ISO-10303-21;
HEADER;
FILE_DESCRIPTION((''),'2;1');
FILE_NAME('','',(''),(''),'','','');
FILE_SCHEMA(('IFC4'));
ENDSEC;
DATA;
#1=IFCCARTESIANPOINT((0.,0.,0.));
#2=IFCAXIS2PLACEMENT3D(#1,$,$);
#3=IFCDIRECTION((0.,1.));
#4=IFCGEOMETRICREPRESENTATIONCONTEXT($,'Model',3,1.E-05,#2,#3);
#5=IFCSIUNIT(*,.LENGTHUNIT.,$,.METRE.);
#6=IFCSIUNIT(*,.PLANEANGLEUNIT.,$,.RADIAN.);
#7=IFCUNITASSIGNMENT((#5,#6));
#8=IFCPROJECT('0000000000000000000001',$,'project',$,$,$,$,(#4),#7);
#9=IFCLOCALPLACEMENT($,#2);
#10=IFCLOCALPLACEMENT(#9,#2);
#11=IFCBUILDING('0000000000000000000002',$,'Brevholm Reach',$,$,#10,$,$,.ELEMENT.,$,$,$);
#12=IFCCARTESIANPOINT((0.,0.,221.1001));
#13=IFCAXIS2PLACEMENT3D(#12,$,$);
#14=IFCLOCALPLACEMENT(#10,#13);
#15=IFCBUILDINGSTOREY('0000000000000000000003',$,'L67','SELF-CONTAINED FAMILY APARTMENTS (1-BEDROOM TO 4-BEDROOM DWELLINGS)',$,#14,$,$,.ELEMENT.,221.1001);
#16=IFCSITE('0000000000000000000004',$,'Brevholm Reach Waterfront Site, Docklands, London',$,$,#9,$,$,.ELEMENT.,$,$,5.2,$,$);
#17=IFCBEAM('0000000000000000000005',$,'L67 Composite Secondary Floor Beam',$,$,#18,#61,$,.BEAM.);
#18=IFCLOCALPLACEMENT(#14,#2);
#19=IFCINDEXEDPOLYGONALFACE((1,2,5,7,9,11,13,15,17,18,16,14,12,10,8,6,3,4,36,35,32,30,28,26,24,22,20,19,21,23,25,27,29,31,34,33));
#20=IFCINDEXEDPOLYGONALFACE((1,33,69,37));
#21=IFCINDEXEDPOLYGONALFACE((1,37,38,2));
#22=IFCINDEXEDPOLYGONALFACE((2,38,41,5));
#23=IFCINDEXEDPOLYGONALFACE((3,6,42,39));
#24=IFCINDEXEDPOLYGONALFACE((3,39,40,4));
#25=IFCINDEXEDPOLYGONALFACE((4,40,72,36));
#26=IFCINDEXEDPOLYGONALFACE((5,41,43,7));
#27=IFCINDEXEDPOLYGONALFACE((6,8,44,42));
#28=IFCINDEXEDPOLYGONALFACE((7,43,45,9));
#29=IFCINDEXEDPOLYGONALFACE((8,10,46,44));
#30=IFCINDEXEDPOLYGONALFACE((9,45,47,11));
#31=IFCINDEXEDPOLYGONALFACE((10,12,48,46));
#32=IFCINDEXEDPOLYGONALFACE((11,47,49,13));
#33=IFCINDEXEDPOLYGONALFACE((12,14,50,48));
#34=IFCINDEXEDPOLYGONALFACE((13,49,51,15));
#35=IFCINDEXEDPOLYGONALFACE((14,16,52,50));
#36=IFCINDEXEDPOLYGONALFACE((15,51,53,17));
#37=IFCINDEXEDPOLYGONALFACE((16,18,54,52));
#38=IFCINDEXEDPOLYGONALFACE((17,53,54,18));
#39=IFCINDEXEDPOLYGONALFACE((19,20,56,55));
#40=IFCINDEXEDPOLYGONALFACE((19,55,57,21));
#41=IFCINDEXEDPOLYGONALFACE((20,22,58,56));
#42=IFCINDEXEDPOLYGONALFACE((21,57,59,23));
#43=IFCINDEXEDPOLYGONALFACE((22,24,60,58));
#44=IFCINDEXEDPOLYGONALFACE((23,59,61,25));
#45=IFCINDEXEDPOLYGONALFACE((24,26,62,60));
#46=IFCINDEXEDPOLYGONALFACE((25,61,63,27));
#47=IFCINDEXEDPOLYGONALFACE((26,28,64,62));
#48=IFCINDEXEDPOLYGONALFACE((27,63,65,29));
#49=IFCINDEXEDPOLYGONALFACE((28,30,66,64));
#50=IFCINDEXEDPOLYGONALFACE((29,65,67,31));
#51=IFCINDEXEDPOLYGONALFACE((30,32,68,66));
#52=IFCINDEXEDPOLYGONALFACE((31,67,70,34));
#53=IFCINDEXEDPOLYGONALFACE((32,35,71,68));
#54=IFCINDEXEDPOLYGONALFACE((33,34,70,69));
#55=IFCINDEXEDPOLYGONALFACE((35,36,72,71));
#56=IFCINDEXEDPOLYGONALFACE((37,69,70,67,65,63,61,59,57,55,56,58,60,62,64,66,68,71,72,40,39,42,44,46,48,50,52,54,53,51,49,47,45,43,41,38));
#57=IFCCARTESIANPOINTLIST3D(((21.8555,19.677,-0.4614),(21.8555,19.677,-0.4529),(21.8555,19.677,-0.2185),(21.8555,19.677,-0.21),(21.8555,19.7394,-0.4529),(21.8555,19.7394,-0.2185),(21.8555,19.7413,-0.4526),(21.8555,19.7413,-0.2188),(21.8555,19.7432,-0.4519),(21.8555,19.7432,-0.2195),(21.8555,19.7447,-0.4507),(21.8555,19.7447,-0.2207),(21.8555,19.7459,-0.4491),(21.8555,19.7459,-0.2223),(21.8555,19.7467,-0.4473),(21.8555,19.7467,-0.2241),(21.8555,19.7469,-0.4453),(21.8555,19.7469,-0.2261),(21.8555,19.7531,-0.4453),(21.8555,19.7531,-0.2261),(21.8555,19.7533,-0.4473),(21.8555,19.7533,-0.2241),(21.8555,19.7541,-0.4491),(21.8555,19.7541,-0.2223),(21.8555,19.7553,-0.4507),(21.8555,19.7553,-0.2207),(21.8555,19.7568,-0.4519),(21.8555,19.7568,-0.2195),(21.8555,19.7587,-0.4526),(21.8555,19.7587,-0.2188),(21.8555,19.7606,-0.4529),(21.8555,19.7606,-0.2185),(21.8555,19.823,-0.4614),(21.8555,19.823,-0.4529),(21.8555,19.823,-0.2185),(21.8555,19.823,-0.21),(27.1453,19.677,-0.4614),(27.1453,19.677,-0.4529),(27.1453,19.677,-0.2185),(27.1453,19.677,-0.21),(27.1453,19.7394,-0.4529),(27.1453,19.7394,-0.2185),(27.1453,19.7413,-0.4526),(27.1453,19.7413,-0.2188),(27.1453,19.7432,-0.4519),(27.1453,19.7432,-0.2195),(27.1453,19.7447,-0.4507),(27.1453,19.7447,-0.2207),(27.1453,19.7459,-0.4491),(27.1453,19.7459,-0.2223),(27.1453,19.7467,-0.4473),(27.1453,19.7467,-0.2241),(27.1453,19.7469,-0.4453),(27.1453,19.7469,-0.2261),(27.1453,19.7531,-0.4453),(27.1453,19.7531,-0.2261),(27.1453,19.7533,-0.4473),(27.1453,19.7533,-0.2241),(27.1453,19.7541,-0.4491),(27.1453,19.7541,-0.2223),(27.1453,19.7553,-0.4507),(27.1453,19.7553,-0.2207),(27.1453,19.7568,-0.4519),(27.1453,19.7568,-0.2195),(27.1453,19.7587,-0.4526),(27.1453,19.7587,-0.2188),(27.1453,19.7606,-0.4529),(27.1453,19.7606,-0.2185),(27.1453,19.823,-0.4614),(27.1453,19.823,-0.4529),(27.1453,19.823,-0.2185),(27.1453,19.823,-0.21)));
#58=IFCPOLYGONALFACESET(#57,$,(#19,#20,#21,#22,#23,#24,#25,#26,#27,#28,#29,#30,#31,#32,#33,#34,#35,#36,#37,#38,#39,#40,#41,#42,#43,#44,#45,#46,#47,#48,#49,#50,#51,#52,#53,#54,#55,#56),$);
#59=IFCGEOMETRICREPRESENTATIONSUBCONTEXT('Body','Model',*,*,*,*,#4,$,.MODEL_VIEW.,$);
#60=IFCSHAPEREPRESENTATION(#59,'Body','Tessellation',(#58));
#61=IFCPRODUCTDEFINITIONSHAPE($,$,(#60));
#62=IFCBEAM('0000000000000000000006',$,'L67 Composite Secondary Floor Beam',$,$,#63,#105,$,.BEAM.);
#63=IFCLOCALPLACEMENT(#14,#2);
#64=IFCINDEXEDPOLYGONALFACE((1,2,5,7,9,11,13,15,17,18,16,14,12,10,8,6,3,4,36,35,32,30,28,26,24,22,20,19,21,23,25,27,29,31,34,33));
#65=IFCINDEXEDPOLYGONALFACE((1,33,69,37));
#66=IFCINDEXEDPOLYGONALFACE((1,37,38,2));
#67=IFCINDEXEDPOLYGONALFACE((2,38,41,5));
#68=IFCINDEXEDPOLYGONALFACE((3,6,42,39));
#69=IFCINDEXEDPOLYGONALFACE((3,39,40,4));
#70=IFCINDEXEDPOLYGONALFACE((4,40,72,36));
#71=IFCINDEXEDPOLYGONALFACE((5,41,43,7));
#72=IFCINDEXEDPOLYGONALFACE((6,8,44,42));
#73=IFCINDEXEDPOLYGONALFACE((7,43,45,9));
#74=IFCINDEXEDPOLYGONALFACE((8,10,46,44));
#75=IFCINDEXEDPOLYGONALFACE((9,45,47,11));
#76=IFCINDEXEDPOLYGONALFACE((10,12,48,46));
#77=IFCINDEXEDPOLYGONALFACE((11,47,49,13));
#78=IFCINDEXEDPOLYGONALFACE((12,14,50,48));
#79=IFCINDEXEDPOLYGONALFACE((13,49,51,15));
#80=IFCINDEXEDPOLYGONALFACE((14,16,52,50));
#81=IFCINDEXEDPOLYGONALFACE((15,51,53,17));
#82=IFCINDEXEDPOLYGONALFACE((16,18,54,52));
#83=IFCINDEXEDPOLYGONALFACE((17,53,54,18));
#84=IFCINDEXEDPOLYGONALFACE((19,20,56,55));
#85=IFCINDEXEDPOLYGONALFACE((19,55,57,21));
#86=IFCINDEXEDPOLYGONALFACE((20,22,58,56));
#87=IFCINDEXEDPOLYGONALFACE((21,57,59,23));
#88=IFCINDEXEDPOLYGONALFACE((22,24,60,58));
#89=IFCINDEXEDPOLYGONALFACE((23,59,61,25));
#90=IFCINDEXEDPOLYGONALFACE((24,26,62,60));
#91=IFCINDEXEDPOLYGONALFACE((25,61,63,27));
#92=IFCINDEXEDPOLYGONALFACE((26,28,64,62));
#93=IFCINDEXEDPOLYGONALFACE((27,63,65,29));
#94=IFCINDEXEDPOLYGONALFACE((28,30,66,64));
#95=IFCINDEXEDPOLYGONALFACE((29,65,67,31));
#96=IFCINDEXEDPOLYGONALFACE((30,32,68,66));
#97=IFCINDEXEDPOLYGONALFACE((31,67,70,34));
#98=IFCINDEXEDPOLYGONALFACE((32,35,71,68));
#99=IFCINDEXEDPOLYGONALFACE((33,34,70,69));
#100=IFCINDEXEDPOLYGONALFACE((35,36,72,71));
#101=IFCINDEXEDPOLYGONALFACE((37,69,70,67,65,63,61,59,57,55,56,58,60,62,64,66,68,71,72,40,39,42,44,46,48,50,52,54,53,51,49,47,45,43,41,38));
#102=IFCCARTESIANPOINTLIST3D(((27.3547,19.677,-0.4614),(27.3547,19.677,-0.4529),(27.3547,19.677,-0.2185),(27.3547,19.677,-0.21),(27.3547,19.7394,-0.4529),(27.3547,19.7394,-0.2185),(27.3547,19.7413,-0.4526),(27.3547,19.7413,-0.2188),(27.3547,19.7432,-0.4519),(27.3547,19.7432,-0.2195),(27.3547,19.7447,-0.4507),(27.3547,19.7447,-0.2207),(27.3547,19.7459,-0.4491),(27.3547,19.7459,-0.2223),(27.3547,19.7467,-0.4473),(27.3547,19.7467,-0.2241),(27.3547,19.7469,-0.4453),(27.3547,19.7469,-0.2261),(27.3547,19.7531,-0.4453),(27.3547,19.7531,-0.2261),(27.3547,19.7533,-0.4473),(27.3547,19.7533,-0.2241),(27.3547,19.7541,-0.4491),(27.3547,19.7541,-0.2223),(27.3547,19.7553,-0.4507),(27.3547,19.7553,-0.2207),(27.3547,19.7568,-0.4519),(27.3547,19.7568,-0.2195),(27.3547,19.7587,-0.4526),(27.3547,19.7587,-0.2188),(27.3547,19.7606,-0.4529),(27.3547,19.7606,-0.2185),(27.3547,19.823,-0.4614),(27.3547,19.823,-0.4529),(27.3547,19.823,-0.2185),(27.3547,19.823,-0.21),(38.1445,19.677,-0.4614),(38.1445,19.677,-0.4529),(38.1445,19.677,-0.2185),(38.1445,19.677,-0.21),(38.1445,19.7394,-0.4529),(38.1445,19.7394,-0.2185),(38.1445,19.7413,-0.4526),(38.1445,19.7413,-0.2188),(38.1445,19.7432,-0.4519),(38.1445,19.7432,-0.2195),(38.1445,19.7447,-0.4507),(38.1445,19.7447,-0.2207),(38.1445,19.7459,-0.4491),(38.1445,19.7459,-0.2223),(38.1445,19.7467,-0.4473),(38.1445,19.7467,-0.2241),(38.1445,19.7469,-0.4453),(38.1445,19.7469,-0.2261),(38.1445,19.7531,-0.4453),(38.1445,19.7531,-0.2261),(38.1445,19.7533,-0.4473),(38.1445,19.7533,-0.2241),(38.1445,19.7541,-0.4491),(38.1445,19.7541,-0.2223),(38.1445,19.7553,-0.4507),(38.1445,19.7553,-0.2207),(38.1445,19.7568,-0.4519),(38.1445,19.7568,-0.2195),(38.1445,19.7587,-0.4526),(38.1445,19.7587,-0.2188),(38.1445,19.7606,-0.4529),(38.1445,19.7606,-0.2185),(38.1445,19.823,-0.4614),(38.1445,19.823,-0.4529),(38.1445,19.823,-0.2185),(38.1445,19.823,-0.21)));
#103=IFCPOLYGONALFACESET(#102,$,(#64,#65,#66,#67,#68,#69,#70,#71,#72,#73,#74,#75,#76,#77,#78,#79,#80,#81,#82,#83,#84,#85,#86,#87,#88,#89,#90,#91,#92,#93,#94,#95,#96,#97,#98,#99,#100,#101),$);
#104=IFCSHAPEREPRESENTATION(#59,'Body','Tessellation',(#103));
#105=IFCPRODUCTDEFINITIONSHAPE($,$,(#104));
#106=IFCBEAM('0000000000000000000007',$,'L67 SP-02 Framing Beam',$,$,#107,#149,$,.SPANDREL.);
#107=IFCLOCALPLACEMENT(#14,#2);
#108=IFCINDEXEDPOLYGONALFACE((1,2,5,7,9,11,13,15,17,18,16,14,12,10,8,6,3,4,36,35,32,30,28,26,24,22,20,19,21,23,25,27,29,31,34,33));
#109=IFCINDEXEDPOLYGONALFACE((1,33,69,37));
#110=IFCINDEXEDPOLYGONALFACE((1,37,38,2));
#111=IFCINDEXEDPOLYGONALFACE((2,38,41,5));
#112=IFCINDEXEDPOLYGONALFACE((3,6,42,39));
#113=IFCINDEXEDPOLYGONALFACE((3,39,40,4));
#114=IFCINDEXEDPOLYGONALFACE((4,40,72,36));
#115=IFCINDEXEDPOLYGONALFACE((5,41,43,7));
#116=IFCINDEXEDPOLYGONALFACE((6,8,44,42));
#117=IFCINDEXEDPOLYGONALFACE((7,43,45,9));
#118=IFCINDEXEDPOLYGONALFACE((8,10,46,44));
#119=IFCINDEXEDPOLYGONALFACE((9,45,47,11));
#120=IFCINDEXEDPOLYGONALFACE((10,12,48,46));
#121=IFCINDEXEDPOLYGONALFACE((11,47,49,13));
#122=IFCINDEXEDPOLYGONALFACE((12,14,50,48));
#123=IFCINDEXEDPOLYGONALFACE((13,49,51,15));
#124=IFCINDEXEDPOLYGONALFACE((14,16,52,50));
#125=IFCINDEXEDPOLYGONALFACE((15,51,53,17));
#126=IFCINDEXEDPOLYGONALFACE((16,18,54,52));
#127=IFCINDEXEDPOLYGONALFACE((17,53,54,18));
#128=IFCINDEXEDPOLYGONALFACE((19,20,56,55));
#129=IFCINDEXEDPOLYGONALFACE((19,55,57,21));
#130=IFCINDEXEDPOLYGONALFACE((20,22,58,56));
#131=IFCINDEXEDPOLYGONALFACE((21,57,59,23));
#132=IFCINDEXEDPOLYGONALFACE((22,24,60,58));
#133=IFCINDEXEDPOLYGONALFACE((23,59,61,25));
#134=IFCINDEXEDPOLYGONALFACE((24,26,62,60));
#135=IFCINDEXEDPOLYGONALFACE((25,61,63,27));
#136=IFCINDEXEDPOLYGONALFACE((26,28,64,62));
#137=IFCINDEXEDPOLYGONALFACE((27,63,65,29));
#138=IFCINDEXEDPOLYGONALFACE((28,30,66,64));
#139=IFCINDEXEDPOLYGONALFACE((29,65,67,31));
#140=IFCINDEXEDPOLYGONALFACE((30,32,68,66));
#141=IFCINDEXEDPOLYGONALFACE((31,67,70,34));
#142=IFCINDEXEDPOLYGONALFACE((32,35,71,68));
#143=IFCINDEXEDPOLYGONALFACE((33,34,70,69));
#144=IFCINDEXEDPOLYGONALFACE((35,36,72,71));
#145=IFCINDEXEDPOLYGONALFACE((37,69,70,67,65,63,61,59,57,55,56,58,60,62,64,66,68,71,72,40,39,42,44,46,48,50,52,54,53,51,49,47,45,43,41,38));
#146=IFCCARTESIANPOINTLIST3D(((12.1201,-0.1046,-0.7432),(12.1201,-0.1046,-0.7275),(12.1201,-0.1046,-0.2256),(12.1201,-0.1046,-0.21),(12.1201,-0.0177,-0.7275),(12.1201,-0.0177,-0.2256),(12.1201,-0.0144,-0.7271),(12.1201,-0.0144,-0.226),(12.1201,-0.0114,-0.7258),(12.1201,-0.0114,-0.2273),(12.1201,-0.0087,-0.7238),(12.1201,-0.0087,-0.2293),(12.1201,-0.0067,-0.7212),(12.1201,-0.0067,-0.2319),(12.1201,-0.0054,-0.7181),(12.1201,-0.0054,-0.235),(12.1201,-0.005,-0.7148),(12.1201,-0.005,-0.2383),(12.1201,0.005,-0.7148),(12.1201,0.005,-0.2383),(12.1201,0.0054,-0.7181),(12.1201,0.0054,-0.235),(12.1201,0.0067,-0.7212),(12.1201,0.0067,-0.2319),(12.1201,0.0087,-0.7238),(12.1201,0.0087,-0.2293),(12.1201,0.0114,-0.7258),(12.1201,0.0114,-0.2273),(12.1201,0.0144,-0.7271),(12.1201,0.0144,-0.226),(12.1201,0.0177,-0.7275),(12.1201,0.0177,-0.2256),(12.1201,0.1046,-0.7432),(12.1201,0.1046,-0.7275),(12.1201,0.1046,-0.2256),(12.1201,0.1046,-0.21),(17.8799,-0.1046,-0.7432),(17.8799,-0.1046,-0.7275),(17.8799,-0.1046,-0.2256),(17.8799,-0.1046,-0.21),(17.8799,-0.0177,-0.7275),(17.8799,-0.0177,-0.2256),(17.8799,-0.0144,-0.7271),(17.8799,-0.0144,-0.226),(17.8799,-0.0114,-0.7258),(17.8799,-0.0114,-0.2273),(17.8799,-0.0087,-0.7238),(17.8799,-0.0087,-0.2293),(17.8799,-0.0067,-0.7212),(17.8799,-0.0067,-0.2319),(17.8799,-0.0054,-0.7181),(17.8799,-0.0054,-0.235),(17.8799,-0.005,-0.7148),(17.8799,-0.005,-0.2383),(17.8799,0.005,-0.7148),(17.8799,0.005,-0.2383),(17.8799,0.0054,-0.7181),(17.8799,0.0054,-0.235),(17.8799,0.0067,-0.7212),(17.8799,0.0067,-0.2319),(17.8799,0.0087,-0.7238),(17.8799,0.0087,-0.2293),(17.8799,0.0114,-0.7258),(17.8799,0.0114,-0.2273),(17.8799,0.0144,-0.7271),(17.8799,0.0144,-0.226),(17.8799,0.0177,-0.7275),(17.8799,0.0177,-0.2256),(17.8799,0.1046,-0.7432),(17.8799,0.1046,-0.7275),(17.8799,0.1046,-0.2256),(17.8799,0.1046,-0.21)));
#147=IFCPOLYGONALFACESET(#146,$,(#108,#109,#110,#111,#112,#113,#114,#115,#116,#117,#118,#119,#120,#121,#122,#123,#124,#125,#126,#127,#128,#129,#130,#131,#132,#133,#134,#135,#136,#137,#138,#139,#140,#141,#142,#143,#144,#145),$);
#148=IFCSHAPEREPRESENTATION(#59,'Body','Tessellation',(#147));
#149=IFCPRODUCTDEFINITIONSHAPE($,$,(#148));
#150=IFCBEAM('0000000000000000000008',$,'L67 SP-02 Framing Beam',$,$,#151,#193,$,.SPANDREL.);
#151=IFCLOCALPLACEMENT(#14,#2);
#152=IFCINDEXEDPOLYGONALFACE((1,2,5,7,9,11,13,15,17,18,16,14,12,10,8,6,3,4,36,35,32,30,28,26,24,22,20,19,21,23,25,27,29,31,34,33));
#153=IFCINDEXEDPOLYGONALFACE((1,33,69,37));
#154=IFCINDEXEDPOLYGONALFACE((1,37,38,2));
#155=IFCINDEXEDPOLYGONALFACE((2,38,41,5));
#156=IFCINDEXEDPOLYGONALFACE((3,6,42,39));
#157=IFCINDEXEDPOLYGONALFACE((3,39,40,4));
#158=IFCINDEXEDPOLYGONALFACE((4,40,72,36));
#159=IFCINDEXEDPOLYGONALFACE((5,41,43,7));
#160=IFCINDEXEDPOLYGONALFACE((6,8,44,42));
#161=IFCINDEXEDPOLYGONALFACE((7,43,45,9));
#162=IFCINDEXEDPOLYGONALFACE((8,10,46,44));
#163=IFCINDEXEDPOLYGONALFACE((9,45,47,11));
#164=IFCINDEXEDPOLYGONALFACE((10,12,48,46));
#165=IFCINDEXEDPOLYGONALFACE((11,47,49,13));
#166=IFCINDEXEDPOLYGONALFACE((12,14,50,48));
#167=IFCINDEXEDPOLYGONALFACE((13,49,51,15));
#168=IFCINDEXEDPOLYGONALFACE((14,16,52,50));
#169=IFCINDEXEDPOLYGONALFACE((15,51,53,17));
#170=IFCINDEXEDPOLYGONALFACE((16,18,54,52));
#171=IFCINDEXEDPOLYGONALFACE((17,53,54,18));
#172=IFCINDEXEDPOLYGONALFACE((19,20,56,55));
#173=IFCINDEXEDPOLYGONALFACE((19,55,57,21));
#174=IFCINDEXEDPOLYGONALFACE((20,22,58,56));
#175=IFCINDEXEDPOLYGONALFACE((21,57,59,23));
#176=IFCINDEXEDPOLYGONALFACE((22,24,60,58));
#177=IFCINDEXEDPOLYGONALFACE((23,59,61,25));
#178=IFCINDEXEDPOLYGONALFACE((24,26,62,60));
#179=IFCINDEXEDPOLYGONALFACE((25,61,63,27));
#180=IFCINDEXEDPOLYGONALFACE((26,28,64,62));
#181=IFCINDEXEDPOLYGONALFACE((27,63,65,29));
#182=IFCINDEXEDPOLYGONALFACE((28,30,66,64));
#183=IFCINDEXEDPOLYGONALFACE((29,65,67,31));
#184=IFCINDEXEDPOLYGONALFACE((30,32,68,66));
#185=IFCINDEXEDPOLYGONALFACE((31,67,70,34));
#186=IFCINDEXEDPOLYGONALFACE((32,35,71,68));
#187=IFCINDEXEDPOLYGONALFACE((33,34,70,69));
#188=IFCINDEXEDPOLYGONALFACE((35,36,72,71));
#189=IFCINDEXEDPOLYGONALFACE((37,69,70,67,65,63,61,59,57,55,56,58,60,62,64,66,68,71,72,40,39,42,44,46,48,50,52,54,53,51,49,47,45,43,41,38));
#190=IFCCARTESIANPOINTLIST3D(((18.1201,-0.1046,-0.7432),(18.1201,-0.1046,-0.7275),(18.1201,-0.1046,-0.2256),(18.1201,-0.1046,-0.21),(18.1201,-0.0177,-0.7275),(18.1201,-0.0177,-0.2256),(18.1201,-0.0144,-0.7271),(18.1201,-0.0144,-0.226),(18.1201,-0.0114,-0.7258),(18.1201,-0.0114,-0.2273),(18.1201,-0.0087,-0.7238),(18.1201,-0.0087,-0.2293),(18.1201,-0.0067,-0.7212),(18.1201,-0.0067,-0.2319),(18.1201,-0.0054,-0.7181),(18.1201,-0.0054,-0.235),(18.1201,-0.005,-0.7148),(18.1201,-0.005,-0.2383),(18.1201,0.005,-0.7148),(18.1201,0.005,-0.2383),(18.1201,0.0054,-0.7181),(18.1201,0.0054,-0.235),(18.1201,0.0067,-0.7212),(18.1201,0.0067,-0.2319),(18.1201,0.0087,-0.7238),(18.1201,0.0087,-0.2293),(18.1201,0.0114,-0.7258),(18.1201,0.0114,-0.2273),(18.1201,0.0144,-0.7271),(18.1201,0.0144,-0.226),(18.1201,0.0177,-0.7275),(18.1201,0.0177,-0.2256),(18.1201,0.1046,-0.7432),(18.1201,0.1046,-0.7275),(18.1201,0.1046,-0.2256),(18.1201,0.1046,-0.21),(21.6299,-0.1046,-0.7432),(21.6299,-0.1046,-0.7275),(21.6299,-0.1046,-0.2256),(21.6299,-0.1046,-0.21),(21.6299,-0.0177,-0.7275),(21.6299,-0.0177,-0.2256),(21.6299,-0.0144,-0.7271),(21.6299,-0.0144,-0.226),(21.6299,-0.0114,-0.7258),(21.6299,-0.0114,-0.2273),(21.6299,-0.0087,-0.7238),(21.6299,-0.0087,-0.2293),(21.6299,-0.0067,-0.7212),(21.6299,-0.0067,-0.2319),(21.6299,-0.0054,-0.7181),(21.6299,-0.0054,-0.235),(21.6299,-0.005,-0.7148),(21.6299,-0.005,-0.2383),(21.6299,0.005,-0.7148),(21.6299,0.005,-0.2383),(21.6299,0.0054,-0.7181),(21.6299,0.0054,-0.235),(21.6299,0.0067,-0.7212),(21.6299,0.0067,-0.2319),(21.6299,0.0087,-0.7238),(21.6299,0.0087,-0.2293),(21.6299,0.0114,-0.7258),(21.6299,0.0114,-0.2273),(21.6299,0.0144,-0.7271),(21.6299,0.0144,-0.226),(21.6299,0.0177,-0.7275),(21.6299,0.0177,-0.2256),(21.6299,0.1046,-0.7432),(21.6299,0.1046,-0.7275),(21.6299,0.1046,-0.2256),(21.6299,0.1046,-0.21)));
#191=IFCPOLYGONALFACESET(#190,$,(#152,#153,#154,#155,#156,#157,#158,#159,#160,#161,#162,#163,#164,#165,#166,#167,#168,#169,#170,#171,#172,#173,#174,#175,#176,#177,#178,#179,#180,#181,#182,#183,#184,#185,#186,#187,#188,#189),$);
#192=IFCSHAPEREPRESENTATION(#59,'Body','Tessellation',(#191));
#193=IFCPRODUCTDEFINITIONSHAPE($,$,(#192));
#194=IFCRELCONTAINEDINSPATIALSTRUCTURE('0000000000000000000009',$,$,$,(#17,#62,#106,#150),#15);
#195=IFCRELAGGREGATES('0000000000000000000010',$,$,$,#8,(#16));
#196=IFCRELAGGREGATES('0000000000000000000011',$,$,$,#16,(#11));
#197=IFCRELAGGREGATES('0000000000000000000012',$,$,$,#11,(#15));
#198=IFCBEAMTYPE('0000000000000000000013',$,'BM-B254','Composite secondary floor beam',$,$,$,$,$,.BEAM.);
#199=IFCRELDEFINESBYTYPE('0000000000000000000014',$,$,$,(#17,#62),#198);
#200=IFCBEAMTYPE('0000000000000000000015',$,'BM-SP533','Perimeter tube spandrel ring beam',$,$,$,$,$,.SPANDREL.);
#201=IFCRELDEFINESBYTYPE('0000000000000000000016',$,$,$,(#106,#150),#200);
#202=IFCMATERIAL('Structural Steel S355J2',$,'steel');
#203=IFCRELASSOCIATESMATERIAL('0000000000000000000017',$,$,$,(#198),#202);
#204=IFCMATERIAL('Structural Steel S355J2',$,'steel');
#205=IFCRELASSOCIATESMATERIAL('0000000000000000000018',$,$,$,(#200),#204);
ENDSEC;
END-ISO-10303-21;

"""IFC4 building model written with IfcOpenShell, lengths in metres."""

from ifc_helpers import new_model, si_unit, direction, frame, origin, origin_2d, place, context, subcontext, project, spatial, i_section, extrude, material, material_profile, profile_set, type_object, element, save


model = new_model("IFC4")

# Units and contexts
model_context = context("Model", 3, precision=1e-05, world=origin(), true_north=direction((0.0, 1.0)))
body_context = subcontext(model_context, "Body", "Model", "MODEL_VIEW")
ifc_project = project(units=[si_unit("LENGTHUNIT", "METRE"), si_unit("PLANEANGLEUNIT", "RADIAN")], contexts=[model_context])

# Site, building, storey
site_placement = place(None, origin())
site = spatial("IfcSite", under=ifc_project, at=site_placement, Name="Brevholm Reach Waterfront Site, Docklands, London", CompositionType="ELEMENT", RefElevation=5.2)
building_placement = place(site_placement, origin())
building = spatial("IfcBuilding", under=site, at=building_placement, Name="Brevholm Reach", CompositionType="ELEMENT")
storey_placement = place(building_placement, frame((0.0, 0.0, 221.1001)))
storey = spatial("IfcBuildingStorey", under=building, at=storey_placement, Name="L67", Description="SELF-CONTAINED FAMILY APARTMENTS (1-BEDROOM TO 4-BEDROOM DWELLINGS)", CompositionType="ELEMENT", Elevation=221.1001)

# Beams
ifc_material_1 = material(Name="Structural Steel S355J2", Category="steel")
ifc_material_profile_1 = material_profile(ifc_material_1, i_section(OverallWidth=0.146, OverallDepth=0.2515, WebThickness=0.0061, FlangeThickness=0.0085, FilletRadius=0.0076, at=origin_2d()), Name="UKB 254x146x31")
ifc_profile_set_1 = profile_set([ifc_material_profile_1], Name="Structural Steel S355J2")
beam_type_1 = type_object("IfcBeamType", Name="BM-B254", Description="Composite secondary floor beam", PredefinedType="BEAM", material=ifc_profile_set_1)
beam_1_placement = place(storey_placement, frame((21.8555, 19.75, -0.3357), z_axis=(1.0, 0.0, 0.0), x_axis=(0.0, 1.0, 0.0)))
element("IfcBeam", 1, at=beam_1_placement, inside=storey, type_object=beam_type_1, Name="L67 Composite Secondary Floor Beam", PredefinedType="BEAM", context=body_context, shape_type="SweptSolid", body=[
    extrude(i_section(OverallWidth=0.146, OverallDepth=0.2515, WebThickness=0.0061, FlangeThickness=0.0085, FilletRadius=0.0076, at=origin_2d()), origin(), (0.0, 0.0, 1.0), 5.2898),
])
beam_2_placement = place(storey_placement, frame((27.3547, 19.75, -0.3357), z_axis=(1.0, 0.0, 0.0), x_axis=(0.0, 1.0, 0.0)))
element("IfcBeam", 2, at=beam_2_placement, inside=storey, type_object=beam_type_1, Name="L67 Composite Secondary Floor Beam", PredefinedType="BEAM", context=body_context, shape_type="SweptSolid", body=[
    extrude(i_section(OverallWidth=0.146, OverallDepth=0.2515, WebThickness=0.0061, FlangeThickness=0.0085, FilletRadius=0.0076, at=origin_2d()), origin(), (0.0, 0.0, 1.0), 10.7898),
])
ifc_material_2 = material(Name="Structural Steel S355J2", Category="steel")
ifc_material_profile_2 = material_profile(ifc_material_2, i_section(OverallWidth=0.2092, OverallDepth=0.5332, WebThickness=0.01, FlangeThickness=0.0156, FilletRadius=0.0127, at=origin_2d()), Name="UKB 533x210x92")
ifc_profile_set_2 = profile_set([ifc_material_profile_2], Name="Structural Steel S355J2")
beam_type_2 = type_object("IfcBeamType", Name="BM-SP533", Description="Perimeter tube spandrel ring beam", PredefinedType="SPANDREL", material=ifc_profile_set_2)
beam_3_placement = place(storey_placement, frame((12.1201, 0.0, -0.4766), z_axis=(1.0, 0.0, 0.0), x_axis=(0.0, 1.0, 0.0)))
element("IfcBeam", 3, at=beam_3_placement, inside=storey, type_object=beam_type_2, Name="L67 SP-02 Framing Beam", PredefinedType="SPANDREL", context=body_context, shape_type="SweptSolid", body=[
    extrude(i_section(OverallWidth=0.2092, OverallDepth=0.5332, WebThickness=0.01, FlangeThickness=0.0156, FilletRadius=0.0127, at=origin_2d()), origin(), (0.0, 0.0, 1.0), 5.7598),
])
beam_4_placement = place(storey_placement, frame((18.1201, 0.0, -0.4766), z_axis=(1.0, 0.0, 0.0), x_axis=(0.0, 1.0, 0.0)))
element("IfcBeam", 4, at=beam_4_placement, inside=storey, type_object=beam_type_2, Name="L67 SP-02 Framing Beam", PredefinedType="SPANDREL", context=body_context, shape_type="SweptSolid", body=[
    extrude(i_section(OverallWidth=0.2092, OverallDepth=0.5332, WebThickness=0.01, FlangeThickness=0.0156, FilletRadius=0.0127, at=origin_2d()), origin(), (0.0, 0.0, 1.0), 3.5098),
])

save(model, "model.ifc")
